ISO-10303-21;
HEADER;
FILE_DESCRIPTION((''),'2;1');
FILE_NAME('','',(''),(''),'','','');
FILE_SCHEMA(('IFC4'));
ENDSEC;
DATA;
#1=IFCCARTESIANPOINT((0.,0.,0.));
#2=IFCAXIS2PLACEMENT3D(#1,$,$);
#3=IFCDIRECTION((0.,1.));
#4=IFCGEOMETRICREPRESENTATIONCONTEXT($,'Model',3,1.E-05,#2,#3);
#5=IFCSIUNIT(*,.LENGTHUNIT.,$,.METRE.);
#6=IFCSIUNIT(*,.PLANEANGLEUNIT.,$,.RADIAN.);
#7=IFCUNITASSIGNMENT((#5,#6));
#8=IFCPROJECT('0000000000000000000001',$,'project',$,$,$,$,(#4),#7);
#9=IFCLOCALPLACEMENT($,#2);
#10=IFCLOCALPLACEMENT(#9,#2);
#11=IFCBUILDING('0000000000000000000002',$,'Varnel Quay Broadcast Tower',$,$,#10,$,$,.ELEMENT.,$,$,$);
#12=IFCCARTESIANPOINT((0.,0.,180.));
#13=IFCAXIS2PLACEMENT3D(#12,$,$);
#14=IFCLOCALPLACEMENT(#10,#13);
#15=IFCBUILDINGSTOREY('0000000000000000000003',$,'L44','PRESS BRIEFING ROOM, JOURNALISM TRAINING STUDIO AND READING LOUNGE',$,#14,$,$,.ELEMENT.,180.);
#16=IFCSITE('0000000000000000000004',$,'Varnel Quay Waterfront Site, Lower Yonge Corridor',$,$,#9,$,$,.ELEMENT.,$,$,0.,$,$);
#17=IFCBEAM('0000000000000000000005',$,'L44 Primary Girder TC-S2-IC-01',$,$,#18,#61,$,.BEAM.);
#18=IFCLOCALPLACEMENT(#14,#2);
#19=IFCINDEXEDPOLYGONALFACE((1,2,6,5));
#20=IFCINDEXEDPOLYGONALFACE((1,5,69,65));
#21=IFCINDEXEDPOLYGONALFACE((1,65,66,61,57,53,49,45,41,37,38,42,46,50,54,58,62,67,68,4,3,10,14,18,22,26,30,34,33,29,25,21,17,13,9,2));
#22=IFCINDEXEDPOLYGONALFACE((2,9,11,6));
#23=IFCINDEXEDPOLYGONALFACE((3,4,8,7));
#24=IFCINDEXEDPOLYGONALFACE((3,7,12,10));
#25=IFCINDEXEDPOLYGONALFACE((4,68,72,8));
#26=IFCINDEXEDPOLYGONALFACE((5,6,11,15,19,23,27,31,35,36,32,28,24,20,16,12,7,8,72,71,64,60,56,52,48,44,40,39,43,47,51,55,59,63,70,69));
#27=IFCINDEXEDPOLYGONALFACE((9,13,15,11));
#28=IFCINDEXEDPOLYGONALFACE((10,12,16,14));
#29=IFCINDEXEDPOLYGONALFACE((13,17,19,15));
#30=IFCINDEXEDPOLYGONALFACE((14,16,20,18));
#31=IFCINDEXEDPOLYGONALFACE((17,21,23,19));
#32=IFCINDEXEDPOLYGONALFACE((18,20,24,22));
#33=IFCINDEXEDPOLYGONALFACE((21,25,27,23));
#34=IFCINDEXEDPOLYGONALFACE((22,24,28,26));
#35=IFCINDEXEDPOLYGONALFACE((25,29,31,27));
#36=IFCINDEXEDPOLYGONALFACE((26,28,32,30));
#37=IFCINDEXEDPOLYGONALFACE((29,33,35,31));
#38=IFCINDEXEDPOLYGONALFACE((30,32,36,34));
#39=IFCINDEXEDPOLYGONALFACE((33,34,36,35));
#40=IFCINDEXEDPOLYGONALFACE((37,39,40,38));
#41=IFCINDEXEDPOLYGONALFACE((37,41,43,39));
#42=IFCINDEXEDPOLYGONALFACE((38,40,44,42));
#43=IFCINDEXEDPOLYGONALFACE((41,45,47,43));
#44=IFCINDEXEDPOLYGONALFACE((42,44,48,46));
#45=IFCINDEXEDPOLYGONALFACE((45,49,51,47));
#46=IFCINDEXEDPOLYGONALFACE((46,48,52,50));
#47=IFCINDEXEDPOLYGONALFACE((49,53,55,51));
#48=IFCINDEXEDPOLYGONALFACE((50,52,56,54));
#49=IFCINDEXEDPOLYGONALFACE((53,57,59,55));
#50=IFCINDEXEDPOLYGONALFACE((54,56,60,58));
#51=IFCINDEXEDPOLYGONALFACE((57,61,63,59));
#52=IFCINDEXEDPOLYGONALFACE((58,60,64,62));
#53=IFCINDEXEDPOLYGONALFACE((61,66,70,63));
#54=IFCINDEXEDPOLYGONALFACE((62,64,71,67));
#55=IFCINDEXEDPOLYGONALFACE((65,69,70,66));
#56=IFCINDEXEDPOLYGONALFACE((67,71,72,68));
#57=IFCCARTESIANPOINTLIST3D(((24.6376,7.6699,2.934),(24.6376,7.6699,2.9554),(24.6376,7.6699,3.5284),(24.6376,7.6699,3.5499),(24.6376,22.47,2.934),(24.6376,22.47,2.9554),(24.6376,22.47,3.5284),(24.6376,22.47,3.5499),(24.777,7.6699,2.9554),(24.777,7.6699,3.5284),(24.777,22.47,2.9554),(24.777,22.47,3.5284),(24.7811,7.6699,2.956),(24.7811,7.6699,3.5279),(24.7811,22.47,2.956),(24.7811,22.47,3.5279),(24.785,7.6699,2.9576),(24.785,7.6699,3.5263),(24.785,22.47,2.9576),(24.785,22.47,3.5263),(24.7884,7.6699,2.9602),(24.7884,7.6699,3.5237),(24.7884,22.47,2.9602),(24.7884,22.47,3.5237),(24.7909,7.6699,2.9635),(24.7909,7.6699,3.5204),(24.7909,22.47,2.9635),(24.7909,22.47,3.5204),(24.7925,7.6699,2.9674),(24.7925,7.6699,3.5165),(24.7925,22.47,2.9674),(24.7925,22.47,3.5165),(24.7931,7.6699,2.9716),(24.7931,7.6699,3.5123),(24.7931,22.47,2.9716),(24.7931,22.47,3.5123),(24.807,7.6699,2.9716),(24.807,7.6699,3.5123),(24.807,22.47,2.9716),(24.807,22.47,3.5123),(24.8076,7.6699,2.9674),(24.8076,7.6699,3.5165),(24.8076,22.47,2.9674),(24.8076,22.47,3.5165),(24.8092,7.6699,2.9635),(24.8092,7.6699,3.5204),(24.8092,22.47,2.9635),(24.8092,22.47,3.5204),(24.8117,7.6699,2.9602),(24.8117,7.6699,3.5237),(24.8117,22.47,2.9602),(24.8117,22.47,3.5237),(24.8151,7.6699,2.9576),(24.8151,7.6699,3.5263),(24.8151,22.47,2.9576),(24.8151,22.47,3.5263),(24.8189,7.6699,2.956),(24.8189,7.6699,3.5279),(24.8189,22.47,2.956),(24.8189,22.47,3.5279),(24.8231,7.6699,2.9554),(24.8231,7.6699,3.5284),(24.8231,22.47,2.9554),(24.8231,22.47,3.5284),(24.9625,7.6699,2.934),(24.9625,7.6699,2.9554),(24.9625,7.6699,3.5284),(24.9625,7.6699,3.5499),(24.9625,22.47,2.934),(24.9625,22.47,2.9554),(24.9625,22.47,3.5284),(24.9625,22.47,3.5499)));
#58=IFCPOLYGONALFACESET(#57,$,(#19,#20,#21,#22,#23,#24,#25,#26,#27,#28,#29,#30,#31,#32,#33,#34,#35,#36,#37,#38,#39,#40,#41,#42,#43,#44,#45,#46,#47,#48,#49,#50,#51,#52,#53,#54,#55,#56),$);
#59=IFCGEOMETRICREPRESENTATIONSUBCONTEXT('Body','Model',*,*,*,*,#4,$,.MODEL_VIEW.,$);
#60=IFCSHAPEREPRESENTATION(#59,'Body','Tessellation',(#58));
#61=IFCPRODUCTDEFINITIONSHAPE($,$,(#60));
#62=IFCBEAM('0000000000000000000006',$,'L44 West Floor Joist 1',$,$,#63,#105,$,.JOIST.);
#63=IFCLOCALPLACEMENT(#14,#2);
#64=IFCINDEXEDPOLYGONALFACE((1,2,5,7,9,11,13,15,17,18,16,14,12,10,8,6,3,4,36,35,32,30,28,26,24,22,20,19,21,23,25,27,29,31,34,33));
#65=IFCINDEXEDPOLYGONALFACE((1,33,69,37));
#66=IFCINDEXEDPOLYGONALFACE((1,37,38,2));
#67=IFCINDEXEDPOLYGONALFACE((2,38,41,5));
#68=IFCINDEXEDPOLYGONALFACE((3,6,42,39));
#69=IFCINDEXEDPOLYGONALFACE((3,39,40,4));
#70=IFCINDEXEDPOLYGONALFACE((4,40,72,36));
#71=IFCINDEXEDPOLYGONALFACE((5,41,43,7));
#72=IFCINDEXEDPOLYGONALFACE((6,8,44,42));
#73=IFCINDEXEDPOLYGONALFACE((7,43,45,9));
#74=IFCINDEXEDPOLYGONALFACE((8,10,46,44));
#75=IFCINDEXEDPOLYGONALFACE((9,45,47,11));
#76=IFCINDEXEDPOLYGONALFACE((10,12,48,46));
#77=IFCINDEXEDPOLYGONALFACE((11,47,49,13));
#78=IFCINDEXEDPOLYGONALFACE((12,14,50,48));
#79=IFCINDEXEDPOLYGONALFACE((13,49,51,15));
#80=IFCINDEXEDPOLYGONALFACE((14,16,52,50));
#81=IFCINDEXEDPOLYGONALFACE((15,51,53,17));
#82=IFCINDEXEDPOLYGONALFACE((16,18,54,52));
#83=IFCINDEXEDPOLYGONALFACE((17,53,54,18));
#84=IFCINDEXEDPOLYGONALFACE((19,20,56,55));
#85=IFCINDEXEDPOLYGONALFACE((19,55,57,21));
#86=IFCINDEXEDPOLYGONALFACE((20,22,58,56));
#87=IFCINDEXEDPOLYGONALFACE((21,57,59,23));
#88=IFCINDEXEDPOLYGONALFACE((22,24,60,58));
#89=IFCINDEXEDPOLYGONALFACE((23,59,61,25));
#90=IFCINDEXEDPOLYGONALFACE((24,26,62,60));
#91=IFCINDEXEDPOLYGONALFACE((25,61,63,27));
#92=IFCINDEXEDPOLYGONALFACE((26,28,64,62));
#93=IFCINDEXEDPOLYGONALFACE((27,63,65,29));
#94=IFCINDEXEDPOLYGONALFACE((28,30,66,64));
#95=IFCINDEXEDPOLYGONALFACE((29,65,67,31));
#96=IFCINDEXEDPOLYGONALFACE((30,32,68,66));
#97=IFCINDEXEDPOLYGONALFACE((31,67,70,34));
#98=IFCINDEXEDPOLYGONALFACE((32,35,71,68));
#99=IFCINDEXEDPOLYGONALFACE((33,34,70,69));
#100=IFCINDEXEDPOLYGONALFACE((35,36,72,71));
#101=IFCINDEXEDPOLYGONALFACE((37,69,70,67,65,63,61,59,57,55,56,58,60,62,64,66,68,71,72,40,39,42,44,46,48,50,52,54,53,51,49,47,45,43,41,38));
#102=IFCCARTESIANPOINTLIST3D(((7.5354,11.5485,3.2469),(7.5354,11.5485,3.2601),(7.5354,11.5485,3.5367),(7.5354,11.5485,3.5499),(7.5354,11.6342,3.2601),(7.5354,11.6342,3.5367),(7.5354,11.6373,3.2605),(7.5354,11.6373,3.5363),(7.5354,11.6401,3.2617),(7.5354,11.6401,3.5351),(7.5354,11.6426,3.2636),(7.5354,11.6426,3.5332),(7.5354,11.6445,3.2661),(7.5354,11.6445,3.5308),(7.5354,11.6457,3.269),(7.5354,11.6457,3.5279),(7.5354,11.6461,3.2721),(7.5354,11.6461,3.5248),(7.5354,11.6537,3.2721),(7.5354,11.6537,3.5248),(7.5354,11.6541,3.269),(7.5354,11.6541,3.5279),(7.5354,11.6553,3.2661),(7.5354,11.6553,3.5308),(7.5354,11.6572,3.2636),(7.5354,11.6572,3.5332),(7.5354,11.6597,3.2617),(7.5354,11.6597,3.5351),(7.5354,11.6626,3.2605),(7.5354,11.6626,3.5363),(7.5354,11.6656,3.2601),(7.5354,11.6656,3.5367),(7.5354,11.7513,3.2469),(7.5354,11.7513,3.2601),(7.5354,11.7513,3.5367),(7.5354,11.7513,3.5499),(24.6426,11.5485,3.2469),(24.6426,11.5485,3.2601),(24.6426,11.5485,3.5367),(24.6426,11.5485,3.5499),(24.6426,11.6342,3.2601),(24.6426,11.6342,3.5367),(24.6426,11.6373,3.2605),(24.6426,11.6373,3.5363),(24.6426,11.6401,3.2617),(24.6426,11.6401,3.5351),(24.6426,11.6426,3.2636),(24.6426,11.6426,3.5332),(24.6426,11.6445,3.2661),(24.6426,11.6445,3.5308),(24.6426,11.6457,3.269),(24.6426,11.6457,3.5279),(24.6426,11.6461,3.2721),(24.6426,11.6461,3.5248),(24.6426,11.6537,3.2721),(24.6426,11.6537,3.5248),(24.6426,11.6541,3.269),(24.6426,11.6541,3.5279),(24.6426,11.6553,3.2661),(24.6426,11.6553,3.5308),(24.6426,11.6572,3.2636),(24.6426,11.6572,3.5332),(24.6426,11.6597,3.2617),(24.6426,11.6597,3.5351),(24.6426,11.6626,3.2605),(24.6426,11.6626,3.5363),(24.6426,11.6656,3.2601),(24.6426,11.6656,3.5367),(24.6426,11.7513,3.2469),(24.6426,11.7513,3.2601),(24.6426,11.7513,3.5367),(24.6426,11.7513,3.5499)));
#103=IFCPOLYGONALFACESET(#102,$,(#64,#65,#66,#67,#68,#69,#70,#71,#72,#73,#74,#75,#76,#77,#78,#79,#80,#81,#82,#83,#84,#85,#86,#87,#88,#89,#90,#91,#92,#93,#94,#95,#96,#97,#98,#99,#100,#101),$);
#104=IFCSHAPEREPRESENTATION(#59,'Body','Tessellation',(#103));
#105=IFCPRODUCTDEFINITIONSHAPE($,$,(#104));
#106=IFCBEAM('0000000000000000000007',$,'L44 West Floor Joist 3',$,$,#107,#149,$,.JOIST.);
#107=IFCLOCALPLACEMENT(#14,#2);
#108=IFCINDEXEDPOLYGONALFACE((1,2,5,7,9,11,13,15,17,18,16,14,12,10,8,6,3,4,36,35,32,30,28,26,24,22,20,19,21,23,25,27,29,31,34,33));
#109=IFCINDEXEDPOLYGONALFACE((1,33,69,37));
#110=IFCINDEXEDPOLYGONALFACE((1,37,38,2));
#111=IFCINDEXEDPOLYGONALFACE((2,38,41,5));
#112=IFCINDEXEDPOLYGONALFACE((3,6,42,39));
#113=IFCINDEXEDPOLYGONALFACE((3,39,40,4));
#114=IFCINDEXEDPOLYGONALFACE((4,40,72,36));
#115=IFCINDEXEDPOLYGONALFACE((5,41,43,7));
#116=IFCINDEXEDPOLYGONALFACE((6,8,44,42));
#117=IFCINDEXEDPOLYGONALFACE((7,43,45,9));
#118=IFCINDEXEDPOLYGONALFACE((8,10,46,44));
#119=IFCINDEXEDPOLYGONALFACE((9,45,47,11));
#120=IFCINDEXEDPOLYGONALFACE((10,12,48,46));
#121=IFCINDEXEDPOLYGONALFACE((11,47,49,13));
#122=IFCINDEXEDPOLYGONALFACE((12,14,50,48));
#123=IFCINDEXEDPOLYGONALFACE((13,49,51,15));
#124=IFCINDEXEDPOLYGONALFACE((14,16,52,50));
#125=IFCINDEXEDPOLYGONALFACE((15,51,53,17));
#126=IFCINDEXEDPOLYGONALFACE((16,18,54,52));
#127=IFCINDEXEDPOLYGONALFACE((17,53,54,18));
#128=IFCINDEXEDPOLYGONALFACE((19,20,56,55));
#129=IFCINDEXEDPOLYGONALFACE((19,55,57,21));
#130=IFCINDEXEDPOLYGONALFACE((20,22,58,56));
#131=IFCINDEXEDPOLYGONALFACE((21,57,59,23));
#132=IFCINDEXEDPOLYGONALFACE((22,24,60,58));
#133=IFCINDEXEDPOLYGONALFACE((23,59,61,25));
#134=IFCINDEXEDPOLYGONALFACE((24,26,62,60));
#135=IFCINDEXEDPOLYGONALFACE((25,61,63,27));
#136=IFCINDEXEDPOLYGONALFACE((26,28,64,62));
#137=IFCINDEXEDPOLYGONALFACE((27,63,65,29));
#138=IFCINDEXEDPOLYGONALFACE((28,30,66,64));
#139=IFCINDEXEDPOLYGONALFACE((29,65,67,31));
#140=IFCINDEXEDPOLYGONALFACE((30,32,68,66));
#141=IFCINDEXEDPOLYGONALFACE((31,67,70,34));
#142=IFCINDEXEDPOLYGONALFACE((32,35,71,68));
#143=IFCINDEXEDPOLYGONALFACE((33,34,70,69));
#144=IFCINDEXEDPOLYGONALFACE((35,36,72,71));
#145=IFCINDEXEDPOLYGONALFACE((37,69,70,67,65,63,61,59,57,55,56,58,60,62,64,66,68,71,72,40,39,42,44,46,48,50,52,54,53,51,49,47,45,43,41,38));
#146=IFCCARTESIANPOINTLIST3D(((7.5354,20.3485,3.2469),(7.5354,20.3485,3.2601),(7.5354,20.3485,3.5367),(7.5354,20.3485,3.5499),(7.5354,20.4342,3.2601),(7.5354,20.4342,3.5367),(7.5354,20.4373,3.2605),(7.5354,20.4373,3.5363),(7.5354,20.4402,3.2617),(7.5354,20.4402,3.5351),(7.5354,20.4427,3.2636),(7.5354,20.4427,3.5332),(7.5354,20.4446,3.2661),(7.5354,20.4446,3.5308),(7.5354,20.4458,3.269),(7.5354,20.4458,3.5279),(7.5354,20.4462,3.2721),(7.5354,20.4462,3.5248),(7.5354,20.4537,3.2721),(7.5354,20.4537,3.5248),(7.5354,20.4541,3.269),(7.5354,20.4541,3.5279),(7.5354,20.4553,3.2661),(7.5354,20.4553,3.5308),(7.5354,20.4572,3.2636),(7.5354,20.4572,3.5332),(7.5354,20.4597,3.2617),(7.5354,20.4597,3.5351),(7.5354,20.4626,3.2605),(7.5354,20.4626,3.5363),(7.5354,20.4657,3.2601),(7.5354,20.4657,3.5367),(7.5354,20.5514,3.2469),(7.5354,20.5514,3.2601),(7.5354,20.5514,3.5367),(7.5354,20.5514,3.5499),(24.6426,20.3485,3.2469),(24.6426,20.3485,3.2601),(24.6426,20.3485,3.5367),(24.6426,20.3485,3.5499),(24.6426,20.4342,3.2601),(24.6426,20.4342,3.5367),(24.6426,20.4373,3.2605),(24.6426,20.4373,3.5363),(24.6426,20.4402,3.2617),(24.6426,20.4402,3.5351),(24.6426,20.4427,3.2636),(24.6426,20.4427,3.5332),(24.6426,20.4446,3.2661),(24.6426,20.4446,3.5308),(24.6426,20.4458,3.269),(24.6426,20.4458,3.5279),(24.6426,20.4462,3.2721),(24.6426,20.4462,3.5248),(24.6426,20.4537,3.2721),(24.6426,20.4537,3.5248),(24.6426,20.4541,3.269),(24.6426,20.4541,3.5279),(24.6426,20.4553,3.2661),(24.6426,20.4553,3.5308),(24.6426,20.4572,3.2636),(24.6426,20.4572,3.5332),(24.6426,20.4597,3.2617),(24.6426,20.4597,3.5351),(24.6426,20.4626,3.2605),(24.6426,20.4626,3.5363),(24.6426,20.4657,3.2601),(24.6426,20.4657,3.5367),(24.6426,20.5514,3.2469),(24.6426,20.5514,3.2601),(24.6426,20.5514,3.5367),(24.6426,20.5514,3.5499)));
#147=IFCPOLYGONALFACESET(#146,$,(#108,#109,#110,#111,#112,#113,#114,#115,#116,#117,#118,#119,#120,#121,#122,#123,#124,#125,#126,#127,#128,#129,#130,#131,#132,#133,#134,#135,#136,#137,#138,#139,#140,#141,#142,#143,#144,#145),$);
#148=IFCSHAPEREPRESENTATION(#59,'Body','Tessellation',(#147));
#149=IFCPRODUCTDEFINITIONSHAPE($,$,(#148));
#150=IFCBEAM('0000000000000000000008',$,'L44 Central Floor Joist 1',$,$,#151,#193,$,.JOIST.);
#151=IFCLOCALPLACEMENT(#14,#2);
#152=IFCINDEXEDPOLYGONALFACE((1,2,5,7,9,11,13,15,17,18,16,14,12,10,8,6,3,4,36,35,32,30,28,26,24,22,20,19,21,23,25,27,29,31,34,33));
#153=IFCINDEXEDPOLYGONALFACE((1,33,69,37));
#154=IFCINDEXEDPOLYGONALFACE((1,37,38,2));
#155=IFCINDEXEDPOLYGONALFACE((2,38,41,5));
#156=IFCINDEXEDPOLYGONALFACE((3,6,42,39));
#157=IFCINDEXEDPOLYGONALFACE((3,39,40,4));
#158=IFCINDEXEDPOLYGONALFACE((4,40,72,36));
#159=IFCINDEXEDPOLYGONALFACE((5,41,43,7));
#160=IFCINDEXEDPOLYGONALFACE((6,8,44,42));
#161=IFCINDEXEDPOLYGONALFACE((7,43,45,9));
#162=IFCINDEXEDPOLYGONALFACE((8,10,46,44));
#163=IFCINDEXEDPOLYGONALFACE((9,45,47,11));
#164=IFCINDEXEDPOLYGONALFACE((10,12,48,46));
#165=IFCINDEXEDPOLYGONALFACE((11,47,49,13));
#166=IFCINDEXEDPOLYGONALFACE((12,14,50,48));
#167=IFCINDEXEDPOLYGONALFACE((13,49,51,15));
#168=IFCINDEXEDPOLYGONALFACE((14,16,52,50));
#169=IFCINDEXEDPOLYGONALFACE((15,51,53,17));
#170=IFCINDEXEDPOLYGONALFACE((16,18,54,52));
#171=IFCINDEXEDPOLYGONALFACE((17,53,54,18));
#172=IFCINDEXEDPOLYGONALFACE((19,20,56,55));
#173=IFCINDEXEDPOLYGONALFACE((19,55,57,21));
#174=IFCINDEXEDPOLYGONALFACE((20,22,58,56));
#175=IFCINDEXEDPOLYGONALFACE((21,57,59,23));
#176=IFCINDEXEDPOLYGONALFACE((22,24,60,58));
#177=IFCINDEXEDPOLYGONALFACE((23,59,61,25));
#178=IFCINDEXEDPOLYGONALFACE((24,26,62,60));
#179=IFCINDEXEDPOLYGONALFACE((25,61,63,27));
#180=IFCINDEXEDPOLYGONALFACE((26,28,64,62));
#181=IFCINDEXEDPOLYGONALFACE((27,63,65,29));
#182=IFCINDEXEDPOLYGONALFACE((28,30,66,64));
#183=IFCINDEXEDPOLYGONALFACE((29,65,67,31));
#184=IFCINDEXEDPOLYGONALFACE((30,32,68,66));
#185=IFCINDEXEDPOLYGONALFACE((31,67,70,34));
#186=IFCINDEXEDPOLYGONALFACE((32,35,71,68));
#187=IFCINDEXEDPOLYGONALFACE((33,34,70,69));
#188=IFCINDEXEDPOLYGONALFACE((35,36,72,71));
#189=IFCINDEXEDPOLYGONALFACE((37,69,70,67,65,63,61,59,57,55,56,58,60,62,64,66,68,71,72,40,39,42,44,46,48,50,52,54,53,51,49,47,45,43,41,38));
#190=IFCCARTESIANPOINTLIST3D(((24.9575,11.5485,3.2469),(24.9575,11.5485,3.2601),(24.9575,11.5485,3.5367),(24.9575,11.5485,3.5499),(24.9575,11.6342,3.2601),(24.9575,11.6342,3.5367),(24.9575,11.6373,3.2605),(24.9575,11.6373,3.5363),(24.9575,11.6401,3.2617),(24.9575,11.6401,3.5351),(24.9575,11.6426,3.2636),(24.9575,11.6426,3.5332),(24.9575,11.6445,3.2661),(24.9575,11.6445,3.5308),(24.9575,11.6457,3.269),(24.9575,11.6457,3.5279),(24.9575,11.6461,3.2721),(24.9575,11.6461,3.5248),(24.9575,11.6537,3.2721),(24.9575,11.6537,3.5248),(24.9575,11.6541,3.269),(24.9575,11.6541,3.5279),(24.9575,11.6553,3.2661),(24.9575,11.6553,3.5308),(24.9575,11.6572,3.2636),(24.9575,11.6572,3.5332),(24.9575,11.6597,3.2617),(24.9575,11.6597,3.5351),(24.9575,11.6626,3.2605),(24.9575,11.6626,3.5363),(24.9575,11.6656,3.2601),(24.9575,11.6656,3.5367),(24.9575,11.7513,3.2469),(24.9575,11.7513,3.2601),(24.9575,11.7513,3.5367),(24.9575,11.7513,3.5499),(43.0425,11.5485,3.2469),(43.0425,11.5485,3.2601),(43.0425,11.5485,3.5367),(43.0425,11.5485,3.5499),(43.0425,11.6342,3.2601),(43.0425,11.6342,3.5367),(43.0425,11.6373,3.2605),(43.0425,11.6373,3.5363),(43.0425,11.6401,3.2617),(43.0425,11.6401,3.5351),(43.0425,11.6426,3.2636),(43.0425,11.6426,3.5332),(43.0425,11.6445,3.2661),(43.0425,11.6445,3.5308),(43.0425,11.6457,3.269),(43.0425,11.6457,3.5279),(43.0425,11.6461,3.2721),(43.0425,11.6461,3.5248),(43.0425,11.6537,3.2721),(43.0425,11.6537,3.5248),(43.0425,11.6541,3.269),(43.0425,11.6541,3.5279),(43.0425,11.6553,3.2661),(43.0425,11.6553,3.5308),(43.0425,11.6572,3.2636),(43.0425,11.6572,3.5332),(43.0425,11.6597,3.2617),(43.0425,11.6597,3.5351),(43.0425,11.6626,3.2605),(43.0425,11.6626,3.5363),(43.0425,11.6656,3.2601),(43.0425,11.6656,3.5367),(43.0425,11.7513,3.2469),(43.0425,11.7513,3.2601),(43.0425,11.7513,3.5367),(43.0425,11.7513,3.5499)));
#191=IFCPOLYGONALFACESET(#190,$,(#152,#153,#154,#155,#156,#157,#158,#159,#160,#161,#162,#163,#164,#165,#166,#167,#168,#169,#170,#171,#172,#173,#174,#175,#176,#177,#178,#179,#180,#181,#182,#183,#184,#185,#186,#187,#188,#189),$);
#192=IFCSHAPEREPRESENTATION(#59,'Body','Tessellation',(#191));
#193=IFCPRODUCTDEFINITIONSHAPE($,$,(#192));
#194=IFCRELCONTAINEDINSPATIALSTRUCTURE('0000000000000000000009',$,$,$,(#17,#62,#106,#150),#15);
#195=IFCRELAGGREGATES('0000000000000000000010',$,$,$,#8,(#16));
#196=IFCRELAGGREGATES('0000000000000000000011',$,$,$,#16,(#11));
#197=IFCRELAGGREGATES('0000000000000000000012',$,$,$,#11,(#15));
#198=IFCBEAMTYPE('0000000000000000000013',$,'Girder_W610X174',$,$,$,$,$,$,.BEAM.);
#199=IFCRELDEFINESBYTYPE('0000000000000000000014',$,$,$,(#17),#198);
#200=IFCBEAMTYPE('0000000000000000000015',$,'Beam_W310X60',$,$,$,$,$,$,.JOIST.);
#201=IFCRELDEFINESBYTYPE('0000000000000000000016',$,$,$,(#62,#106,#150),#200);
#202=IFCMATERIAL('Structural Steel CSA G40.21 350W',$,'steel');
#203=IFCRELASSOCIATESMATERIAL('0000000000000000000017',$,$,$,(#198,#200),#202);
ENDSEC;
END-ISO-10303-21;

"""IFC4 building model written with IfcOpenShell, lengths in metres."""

from ifc_helpers import new_model, si_unit, direction, frame, origin, origin_2d, place, context, subcontext, project, spatial, i_section, extrude, source, transform, mapped, material, material_profile, profile_set, type_object, type_shapes, element, save


model = new_model("IFC4")

# Units and contexts
model_context = context("Model", 3, precision=1e-05, world=origin(), true_north=direction((0.0, 1.0)))
body_context = subcontext(model_context, "Body", "Model", "MODEL_VIEW")
ifc_project = project(units=[si_unit("LENGTHUNIT", "METRE"), si_unit("PLANEANGLEUNIT", "RADIAN")], contexts=[model_context])

# Site, building, storey
site_placement = place(None, origin())
site = spatial("IfcSite", under=ifc_project, at=site_placement, Name="Varnel Quay Waterfront Site, Lower Yonge Corridor", CompositionType="ELEMENT", RefElevation=0.0)
building_placement = place(site_placement, origin())
building = spatial("IfcBuilding", under=site, at=building_placement, Name="Varnel Quay Broadcast Tower", CompositionType="ELEMENT")
storey_placement = place(building_placement, frame((0.0, 0.0, 180.0)))
storey = spatial("IfcBuildingStorey", under=building, at=storey_placement, Name="L44", Description="PRESS BRIEFING ROOM, JOURNALISM TRAINING STUDIO AND READING LOUNGE", CompositionType="ELEMENT", Elevation=180.0)

# Shared definitions
ifc_material_1 = material(Name="Structural Steel CSA G40.21 350W", Category="steel")

# Beams
ifc_material_profile_1 = material_profile(ifc_material_1, i_section(OverallWidth=0.325, OverallDepth=0.616, WebThickness=0.0139, FlangeThickness=0.0215, FilletRadius=0.0161, at=origin_2d()), Name="W610X174")
ifc_profile_set_1 = profile_set([ifc_material_profile_1], Name="Structural Steel CSA G40.21 350W")
beam_type_1 = type_object("IfcBeamType", Name="Girder_W610X174", PredefinedType="BEAM", material=ifc_profile_set_1)
shared_shape_1 = source(origin(), body_context, "Body", "SweptSolid", [
    extrude(i_section(OverallWidth=0.325, OverallDepth=0.616, WebThickness=0.0139, FlangeThickness=0.0215, FilletRadius=0.0161, at=origin_2d()), origin(), (0.0, 0.0, 1.0), 14.8),
])
type_shapes(beam_type_1, [shared_shape_1])
beam_1_placement = place(storey_placement, frame((24.8, 7.6699, 3.2419), z_axis=(0.0, 1.0, 0.0), x_axis=(-1.0, 0.0, 0.0)))
element("IfcBeam", 1, at=beam_1_placement, inside=storey, type_object=beam_type_1, Name="L44 Primary Girder TC-S2-IC-01", PredefinedType="BEAM", context=body_context, shape_type="MappedRepresentation", body=[
    mapped(shared_shape_1, transform((0.0, 0.0, 0.0), x_axis=(1.0, 0.0, 0.0), y_axis=(0.0, 1.0, 0.0), z_axis=(0.0, 0.0, 1.0), scale=1.0)),
])
ifc_material_profile_2 = material_profile(ifc_material_1, i_section(OverallWidth=0.2029, OverallDepth=0.303, WebThickness=0.0076, FlangeThickness=0.0132, FilletRadius=0.012, at=origin_2d()), Name="W310X60")
ifc_profile_set_2 = profile_set([ifc_material_profile_2], Name="Structural Steel CSA G40.21 350W")
beam_type_2 = type_object("IfcBeamType", Name="Beam_W310X60", PredefinedType="JOIST", material=ifc_profile_set_2)
shared_shape_2 = source(origin(), body_context, "Body", "SweptSolid", [
    extrude(i_section(OverallWidth=0.2029, OverallDepth=0.303, WebThickness=0.0076, FlangeThickness=0.0132, FilletRadius=0.012, at=origin_2d()), origin(), (0.0, 0.0, 1.0), 17.1072),
])
for number, where, z_axis, x_axis, name in (
    (2, (7.5354, 11.6499, 3.3984), (1.0, 0.0, 0.0), (0.0, 1.0, 0.0), "L44 West Floor Joist 1"),
    (3, (7.5354, 20.45, 3.3984), (1.0, 0.0, 0.0), (0.0, 1.0, 0.0), "L44 West Floor Joist 3"),
):
    element("IfcBeam", number, at=place(storey_placement, frame(where, z_axis=z_axis, x_axis=x_axis)), inside=storey, type_object=beam_type_2, Name=name, PredefinedType="JOIST", context=body_context, shape_type="MappedRepresentation", body=[
        mapped(shared_shape_2, transform((0.0, 0.0, 0.0), x_axis=(1.0, 0.0, 0.0), y_axis=(0.0, 1.0, 0.0), z_axis=(0.0, 0.0, 1.0), scale=1.0)),
    ])
shared_shape_3 = source(origin(), body_context, "Body", "SweptSolid", [
    extrude(i_section(OverallWidth=0.2029, OverallDepth=0.303, WebThickness=0.0076, FlangeThickness=0.0132, FilletRadius=0.012, at=origin_2d()), origin(), (0.0, 0.0, 1.0), 18.085),
])
type_shapes(beam_type_2, [shared_shape_2, shared_shape_3])
beam_2_placement = place(storey_placement, frame((24.9575, 11.6499, 3.3984), z_axis=(1.0, 0.0, 0.0), x_axis=(0.0, 1.0, 0.0)))
element("IfcBeam", 4, at=beam_2_placement, inside=storey, type_object=beam_type_2, Name="L44 Central Floor Joist 1", PredefinedType="JOIST", context=body_context, shape_type="MappedRepresentation", body=[
    mapped(shared_shape_3, transform((0.0, 0.0, 0.0), x_axis=(1.0, 0.0, 0.0), y_axis=(0.0, 1.0, 0.0), z_axis=(0.0, 0.0, 1.0), scale=1.0)),
])

save(model, "model.ifc")
